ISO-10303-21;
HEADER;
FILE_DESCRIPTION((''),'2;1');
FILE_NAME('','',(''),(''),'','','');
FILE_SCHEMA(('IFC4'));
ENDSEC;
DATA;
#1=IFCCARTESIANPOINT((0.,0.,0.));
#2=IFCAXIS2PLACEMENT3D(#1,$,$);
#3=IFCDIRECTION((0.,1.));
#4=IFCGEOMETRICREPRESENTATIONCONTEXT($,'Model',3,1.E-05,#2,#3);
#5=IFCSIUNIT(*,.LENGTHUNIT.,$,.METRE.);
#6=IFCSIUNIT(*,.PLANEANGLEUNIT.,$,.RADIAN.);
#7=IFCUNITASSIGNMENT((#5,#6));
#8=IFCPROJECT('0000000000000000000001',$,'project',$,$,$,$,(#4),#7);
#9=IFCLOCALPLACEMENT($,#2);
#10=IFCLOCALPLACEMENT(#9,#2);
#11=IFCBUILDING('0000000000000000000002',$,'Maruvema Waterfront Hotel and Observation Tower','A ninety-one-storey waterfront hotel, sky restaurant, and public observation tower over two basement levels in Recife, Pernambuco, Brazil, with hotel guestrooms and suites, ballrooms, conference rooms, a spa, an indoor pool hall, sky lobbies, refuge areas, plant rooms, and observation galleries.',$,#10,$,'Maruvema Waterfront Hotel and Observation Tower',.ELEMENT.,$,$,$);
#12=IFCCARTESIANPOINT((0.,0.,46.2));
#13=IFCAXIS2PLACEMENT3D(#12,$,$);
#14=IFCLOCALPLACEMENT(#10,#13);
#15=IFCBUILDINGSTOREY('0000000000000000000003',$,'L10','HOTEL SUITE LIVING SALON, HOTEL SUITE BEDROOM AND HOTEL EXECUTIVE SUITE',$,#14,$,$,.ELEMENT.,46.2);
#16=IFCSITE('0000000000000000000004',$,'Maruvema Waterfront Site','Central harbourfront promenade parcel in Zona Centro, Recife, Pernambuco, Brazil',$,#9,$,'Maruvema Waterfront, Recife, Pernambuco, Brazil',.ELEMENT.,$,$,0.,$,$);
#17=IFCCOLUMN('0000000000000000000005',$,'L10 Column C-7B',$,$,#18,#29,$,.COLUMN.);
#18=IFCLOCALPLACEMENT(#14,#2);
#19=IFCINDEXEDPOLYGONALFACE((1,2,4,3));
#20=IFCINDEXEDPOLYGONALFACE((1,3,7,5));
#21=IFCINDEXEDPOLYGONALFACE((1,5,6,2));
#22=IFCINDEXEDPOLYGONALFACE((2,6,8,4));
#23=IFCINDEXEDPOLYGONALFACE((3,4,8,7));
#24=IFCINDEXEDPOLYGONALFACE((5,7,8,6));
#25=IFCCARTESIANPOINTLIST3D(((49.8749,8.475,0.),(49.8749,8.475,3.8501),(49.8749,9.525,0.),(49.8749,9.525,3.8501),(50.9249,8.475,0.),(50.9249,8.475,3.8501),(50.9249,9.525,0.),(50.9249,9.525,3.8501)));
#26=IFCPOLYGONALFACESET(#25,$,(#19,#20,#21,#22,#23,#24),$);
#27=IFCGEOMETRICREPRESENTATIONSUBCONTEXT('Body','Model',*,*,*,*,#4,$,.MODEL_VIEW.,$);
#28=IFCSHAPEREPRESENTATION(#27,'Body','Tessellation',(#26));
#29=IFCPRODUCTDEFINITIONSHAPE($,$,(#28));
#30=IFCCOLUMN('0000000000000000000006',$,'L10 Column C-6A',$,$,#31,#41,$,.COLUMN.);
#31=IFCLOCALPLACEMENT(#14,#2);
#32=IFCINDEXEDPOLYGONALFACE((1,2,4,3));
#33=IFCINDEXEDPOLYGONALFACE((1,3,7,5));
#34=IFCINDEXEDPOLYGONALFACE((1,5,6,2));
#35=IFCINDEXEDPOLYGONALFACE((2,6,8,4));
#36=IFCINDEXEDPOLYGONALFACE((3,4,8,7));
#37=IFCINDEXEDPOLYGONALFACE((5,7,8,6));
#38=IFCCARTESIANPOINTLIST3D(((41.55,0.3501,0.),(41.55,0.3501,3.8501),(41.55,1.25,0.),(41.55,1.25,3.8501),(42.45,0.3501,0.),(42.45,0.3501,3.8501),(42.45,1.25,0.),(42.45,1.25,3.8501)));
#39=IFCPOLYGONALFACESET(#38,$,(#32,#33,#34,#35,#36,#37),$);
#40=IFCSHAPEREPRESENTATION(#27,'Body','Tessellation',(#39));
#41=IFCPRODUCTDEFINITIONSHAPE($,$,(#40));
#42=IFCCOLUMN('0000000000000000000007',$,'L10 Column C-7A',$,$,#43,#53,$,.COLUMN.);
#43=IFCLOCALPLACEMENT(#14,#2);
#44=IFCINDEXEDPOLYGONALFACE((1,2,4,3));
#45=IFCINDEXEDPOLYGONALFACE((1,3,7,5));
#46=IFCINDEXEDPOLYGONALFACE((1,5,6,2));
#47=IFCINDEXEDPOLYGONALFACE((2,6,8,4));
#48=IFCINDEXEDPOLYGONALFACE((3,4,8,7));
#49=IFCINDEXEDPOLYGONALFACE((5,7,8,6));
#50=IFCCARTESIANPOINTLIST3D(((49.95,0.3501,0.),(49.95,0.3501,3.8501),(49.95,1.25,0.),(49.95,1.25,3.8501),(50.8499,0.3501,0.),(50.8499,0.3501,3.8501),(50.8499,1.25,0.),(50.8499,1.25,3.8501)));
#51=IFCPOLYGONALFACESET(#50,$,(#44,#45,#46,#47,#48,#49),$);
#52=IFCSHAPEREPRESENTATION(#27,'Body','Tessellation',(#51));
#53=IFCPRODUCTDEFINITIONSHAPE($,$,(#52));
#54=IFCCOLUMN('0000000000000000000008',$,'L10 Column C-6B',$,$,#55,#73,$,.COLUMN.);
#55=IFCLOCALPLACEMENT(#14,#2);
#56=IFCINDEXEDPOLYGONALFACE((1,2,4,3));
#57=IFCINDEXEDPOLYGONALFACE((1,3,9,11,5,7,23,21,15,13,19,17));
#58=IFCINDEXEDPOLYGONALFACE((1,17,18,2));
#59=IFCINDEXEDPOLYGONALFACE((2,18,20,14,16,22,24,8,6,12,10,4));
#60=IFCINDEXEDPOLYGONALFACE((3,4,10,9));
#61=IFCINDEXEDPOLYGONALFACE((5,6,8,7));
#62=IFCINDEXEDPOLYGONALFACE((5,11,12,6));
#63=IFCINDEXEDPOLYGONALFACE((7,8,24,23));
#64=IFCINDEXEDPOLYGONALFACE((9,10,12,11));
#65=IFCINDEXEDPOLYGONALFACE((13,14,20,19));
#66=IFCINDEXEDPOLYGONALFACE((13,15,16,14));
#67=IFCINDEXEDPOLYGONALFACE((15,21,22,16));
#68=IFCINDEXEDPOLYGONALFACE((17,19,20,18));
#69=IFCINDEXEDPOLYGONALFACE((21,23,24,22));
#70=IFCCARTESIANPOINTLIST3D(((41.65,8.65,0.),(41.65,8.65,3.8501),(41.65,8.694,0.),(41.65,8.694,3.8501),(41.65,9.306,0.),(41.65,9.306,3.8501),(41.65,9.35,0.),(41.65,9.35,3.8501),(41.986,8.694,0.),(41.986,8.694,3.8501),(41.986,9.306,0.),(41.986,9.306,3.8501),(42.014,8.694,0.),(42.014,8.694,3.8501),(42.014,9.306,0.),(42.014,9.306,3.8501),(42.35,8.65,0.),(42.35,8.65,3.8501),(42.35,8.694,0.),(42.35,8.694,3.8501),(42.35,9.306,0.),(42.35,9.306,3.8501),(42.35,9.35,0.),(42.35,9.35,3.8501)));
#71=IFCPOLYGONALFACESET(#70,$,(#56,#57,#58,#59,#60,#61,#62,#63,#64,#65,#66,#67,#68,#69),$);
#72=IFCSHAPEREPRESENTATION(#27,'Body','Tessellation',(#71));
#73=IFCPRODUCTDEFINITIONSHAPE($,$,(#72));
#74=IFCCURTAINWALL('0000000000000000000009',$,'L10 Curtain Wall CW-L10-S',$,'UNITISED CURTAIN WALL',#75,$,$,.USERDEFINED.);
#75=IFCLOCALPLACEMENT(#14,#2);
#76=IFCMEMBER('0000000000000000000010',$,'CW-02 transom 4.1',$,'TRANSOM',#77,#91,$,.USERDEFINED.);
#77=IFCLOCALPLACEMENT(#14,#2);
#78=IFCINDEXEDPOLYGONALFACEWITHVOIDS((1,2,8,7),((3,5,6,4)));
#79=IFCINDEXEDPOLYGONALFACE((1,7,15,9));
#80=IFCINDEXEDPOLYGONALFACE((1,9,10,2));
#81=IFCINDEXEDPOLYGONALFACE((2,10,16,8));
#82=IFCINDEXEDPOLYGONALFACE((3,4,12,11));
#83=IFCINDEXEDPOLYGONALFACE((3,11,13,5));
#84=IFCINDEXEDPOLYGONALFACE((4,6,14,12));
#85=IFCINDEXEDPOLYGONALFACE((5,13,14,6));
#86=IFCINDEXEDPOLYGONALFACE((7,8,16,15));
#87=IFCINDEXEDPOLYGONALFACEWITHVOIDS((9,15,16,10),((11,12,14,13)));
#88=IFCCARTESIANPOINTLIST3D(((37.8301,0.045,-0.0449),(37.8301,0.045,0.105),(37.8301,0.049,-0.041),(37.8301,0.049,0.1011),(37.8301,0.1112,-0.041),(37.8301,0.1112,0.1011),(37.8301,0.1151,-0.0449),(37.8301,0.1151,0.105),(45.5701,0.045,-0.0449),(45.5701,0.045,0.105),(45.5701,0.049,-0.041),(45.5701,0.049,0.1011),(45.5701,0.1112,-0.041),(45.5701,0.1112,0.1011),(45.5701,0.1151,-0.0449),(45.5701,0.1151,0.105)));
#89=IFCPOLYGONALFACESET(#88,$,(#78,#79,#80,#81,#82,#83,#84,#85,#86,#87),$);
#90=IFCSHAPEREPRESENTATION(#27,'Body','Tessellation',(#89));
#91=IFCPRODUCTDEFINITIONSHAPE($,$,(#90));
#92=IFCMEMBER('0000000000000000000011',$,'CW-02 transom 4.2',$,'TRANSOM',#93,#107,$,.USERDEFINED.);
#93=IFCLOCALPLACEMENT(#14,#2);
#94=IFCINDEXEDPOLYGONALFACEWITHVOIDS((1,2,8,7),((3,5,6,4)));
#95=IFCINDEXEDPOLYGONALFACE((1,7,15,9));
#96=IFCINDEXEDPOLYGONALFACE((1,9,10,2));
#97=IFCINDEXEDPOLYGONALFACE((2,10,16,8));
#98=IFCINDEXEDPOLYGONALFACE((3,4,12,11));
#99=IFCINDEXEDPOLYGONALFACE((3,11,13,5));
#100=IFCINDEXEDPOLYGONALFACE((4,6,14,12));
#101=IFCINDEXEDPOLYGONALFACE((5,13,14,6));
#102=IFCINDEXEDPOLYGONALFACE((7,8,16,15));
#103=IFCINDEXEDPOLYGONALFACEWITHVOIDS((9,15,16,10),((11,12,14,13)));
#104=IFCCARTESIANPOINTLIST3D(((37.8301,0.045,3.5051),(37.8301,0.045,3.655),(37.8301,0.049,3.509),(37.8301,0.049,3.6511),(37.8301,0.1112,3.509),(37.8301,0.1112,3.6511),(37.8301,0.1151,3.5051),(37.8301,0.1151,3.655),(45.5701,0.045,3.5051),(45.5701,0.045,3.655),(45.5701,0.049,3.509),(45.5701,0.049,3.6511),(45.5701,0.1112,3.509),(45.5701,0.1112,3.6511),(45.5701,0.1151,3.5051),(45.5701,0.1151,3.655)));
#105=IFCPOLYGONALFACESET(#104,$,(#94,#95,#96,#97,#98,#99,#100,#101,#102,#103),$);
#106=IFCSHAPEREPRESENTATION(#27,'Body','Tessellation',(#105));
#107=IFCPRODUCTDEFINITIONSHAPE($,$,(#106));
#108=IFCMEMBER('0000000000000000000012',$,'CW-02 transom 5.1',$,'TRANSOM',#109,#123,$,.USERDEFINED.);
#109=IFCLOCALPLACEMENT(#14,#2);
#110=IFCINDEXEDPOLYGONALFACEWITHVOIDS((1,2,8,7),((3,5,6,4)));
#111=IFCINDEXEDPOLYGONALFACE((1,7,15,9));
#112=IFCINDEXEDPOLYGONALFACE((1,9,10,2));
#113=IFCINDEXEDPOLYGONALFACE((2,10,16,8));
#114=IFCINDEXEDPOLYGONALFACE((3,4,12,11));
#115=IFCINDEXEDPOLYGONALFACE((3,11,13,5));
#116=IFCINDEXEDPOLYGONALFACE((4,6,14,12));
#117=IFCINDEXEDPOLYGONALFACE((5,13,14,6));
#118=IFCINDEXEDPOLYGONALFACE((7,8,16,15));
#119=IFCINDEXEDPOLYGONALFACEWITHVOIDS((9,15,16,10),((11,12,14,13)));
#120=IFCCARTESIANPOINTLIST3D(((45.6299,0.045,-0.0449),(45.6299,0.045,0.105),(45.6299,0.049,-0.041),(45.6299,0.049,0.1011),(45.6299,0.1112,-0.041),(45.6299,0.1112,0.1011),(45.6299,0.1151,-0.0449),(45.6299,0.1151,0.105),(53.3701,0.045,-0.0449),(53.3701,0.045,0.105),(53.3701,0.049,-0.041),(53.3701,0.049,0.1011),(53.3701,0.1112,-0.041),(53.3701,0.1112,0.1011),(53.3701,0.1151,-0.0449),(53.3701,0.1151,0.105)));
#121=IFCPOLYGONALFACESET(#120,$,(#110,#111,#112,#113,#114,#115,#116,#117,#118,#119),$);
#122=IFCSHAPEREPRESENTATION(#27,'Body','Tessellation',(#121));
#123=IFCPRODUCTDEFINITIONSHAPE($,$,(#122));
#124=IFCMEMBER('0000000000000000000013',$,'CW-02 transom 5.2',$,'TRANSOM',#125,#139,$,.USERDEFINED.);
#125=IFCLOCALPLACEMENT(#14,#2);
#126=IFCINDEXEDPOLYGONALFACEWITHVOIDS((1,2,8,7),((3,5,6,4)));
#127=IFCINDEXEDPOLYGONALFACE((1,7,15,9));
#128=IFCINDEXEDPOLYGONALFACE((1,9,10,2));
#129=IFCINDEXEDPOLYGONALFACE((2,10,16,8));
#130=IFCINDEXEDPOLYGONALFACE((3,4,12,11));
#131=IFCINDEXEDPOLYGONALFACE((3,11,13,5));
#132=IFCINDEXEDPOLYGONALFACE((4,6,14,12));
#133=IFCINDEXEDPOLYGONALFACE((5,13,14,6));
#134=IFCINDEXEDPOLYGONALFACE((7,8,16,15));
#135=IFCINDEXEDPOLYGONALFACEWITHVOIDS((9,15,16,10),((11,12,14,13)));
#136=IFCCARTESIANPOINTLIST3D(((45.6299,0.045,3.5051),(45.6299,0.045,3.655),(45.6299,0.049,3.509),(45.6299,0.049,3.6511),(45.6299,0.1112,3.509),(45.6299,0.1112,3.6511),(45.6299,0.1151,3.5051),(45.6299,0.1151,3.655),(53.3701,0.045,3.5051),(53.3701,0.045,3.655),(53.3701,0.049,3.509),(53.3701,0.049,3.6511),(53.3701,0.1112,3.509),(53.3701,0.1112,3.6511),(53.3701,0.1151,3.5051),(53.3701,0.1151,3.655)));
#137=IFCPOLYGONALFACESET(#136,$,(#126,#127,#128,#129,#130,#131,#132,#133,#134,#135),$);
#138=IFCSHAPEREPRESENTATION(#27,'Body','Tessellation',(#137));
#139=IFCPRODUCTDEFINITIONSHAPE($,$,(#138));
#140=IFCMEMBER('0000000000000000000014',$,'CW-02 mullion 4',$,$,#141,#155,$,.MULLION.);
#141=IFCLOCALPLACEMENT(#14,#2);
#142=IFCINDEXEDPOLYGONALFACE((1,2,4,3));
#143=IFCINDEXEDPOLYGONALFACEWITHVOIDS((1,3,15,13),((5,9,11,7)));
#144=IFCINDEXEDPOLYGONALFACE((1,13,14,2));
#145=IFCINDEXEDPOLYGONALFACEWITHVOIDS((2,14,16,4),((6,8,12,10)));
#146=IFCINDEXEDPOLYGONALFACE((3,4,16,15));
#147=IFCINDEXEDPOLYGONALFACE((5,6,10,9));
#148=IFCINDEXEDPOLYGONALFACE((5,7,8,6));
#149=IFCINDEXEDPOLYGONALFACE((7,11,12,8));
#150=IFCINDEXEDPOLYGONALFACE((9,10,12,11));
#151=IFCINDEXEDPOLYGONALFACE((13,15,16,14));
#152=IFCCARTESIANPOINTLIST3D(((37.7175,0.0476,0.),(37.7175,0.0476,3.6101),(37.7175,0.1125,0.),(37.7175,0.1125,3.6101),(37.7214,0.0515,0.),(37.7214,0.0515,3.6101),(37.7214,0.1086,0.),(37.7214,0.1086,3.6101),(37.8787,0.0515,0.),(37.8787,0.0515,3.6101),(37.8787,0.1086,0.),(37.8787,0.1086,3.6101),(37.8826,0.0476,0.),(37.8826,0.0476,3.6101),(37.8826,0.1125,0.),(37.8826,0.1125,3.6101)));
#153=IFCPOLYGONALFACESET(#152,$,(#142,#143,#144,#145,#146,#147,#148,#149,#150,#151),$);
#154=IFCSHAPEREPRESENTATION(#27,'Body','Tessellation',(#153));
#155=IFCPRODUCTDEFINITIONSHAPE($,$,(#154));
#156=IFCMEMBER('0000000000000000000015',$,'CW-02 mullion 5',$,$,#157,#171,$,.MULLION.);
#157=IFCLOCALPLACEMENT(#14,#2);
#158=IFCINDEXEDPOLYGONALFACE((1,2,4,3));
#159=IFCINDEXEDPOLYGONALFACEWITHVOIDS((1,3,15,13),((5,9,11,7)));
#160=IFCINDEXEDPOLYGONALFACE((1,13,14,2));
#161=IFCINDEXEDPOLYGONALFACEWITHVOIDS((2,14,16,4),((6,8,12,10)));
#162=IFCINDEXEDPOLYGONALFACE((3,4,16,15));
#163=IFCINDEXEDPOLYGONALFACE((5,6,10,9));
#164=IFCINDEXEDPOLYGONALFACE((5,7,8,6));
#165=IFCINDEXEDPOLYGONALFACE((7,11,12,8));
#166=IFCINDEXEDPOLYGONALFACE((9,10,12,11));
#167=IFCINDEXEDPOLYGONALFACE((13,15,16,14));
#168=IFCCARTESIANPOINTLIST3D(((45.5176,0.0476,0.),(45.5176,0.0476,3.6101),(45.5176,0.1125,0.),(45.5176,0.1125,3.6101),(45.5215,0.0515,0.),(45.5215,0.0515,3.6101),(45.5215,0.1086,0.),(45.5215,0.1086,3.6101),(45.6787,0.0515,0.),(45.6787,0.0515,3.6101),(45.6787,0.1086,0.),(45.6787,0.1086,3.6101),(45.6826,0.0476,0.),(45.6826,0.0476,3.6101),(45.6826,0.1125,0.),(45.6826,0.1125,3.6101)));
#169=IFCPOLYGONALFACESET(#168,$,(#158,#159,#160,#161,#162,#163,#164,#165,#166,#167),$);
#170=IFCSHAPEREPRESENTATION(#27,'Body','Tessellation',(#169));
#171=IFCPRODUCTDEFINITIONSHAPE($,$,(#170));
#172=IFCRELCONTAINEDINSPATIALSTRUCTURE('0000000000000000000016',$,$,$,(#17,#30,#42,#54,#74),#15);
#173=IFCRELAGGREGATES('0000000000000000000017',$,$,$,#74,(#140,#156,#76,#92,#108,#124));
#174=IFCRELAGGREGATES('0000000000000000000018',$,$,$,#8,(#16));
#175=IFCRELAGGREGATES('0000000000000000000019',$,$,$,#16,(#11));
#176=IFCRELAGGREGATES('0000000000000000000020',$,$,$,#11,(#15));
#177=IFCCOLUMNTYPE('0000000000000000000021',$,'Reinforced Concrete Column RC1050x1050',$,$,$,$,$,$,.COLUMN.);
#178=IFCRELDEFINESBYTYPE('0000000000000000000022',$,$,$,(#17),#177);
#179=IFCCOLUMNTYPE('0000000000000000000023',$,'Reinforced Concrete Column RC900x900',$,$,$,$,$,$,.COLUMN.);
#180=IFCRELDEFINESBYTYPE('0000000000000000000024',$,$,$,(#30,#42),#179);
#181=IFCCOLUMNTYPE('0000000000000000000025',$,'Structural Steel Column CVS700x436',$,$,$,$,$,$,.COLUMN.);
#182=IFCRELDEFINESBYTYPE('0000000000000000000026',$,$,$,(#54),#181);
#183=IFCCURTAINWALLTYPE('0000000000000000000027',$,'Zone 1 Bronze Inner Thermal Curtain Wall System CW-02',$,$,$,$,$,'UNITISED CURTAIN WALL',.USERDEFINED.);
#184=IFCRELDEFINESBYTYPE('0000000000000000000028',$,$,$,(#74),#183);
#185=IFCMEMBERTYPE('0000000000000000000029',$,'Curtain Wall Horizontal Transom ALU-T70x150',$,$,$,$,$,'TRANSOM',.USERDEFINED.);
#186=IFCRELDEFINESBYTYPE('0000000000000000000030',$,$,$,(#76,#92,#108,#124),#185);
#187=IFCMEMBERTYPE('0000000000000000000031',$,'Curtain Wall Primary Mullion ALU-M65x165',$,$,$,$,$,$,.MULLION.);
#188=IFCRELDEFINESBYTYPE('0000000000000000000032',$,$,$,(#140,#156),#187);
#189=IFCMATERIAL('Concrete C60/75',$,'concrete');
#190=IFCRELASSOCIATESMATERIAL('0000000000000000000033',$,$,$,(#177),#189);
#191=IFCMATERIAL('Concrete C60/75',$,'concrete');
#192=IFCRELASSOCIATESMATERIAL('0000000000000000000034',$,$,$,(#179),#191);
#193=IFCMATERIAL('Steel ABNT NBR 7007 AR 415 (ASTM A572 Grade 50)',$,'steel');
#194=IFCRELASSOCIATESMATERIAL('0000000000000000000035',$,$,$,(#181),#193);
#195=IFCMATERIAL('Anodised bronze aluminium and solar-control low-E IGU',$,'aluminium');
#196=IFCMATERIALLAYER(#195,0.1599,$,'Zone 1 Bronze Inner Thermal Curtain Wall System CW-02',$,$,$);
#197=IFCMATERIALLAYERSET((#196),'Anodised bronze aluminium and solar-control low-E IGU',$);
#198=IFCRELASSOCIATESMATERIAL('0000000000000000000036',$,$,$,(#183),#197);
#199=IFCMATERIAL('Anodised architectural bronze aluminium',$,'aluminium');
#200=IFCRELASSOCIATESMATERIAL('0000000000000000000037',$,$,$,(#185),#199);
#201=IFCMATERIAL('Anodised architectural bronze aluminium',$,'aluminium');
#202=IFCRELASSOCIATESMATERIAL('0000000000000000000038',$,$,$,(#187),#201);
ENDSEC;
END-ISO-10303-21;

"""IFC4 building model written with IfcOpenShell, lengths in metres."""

from ifc_helpers import new_model, si_unit, direction, frame, origin, origin_2d, place, context, subcontext, project, spatial, rectangle, hollow_rectangle, i_section, extrude, material, layer, layer_set, material_profile, profile_set, type_object, element, aggregate, save


model = new_model("IFC4")

# Units and contexts
model_context = context("Model", 3, precision=1e-05, world=origin(), true_north=direction((0.0, 1.0)))
body_context = subcontext(model_context, "Body", "Model", "MODEL_VIEW")
ifc_project = project(units=[si_unit("LENGTHUNIT", "METRE"), si_unit("PLANEANGLEUNIT", "RADIAN")], contexts=[model_context])

# Site, building, storey
site_placement = place(None, origin())
site = spatial("IfcSite", under=ifc_project, at=site_placement, Name="Maruvema Waterfront Site", Description="Central harbourfront promenade parcel in Zona Centro, Recife, Pernambuco, Brazil", LongName="Maruvema Waterfront, Recife, Pernambuco, Brazil", CompositionType="ELEMENT", RefElevation=0.0)
building_placement = place(site_placement, origin())
building = spatial("IfcBuilding", under=site, at=building_placement, Name="Maruvema Waterfront Hotel and Observation Tower", Description="A ninety-one-storey waterfront hotel, sky restaurant, and public observation tower over two basement levels in Recife, Pernambuco, Brazil, with hotel guestrooms and suites, ballrooms, conference rooms, a spa, an indoor pool hall, sky lobbies, refuge areas, plant rooms, and observation galleries.", LongName="Maruvema Waterfront Hotel and Observation Tower", CompositionType="ELEMENT")
storey_placement = place(building_placement, frame((0.0, 0.0, 46.2)))
storey = spatial("IfcBuildingStorey", under=building, at=storey_placement, Name="L10", Description="HOTEL SUITE LIVING SALON, HOTEL SUITE BEDROOM AND HOTEL EXECUTIVE SUITE", CompositionType="ELEMENT", Elevation=46.2)

# Columns
ifc_material_1 = material(Name="Concrete C60/75", Category="concrete")
ifc_material_profile_1 = material_profile(ifc_material_1, rectangle(XDim=1.05, YDim=1.05, at=origin_2d()), Name="RC1050x1050")
ifc_profile_set_1 = profile_set([ifc_material_profile_1], Name="Concrete C60/75")
column_type_1 = type_object("IfcColumnType", Name="Reinforced Concrete Column RC1050x1050", PredefinedType="COLUMN", material=ifc_profile_set_1)
column_1_placement = place(storey_placement, frame((50.3999, 9.0, 0.0), z_axis=(0.0, 0.0, 1.0), x_axis=(1.0, 0.0, 0.0)))
element("IfcColumn", 1, at=column_1_placement, inside=storey, type_object=column_type_1, Name="L10 Column C-7B", PredefinedType="COLUMN", context=body_context, shape_type="SweptSolid", body=[
    extrude(rectangle(XDim=1.05, YDim=1.05, at=origin_2d()), origin(), (0.0, 0.0, 1.0), 3.8501),
])
ifc_material_2 = material(Name="Concrete C60/75", Category="concrete")
ifc_material_profile_2 = material_profile(ifc_material_2, rectangle(XDim=0.8999, YDim=0.8999, at=origin_2d()), Name="RC900x900")
ifc_profile_set_2 = profile_set([ifc_material_profile_2], Name="Concrete C60/75")
column_type_2 = type_object("IfcColumnType", Name="Reinforced Concrete Column RC900x900", PredefinedType="COLUMN", material=ifc_profile_set_2)
for number, where, z_axis, x_axis, name in (
    (2, (42.0, 0.8, 0.0), (0.0, 0.0, 1.0), (1.0, 0.0, 0.0), "L10 Column C-6A"),
    (3, (50.3999, 0.8, 0.0), (0.0, 0.0, 1.0), (1.0, 0.0, 0.0), "L10 Column C-7A"),
):
    element("IfcColumn", number, at=place(storey_placement, frame(where, z_axis=z_axis, x_axis=x_axis)), inside=storey, type_object=column_type_2, Name=name, PredefinedType="COLUMN", context=body_context, shape_type="SweptSolid", body=[
        extrude(rectangle(XDim=0.8999, YDim=0.8999, at=origin_2d()), origin(), (0.0, 0.0, 1.0), 3.8501),
    ])
ifc_material_3 = material(Name="Steel ABNT NBR 7007 AR 415 (ASTM A572 Grade 50)", Category="steel")
ifc_material_profile_3 = material_profile(ifc_material_3, i_section(OverallWidth=0.7, OverallDepth=0.7, WebThickness=0.0281, FlangeThickness=0.0439, at=origin_2d()), Name="CVS700x436")
ifc_profile_set_3 = profile_set([ifc_material_profile_3], Name="Steel ABNT NBR 7007 AR 415 (ASTM A572 Grade 50)")
column_type_3 = type_object("IfcColumnType", Name="Structural Steel Column CVS700x436", PredefinedType="COLUMN", material=ifc_profile_set_3)
column_2_placement = place(storey_placement, frame((42.0, 9.0, 0.0), z_axis=(0.0, 0.0, 1.0), x_axis=(1.0, 0.0, 0.0)))
element("IfcColumn", 4, at=column_2_placement, inside=storey, type_object=column_type_3, Name="L10 Column C-6B", PredefinedType="COLUMN", context=body_context, shape_type="SweptSolid", body=[
    extrude(i_section(OverallWidth=0.7, OverallDepth=0.7, WebThickness=0.0281, FlangeThickness=0.0439, at=origin_2d()), origin(), (0.0, 0.0, 1.0), 3.8501),
])

# Curtain wall, members
ifc_material_4 = material(Name="Anodised bronze aluminium and solar-control low-E IGU", Category="aluminium")
ifc_layer_1 = layer(ifc_material_4, 0.1599, Name="Zone 1 Bronze Inner Thermal Curtain Wall System CW-02")
ifc_layer_set_1 = layer_set([ifc_layer_1], Name="Anodised bronze aluminium and solar-control low-E IGU")
curtain_wall_type = type_object("IfcCurtainWallType", Name="Zone 1 Bronze Inner Thermal Curtain Wall System CW-02", ElementType="UNITISED CURTAIN WALL", PredefinedType="USERDEFINED", material=ifc_layer_set_1)
curtain_wall_placement = place(storey_placement, origin())
curtain_wall = element("IfcCurtainWall", 5, at=curtain_wall_placement, inside=storey, type_object=curtain_wall_type, Name="L10 Curtain Wall CW-L10-S", ObjectType="UNITISED CURTAIN WALL", PredefinedType="USERDEFINED")
ifc_material_5 = material(Name="Anodised architectural bronze aluminium", Category="aluminium")
ifc_material_profile_4 = material_profile(ifc_material_5, hollow_rectangle(XDim=0.0701, YDim=0.1499, WallThickness=0.0039, at=origin_2d()), Name="ALU-T70x150")
ifc_profile_set_4 = profile_set([ifc_material_profile_4], Name="Anodised architectural bronze aluminium")
member_type_1 = type_object("IfcMemberType", Name="Curtain Wall Horizontal Transom ALU-T70x150", ElementType="TRANSOM", PredefinedType="USERDEFINED", material=ifc_profile_set_4)
member_1_placement = place(storey_placement, frame((37.8301, 0.0801, 0.03), z_axis=(1.0, 0.0, 0.0), x_axis=(0.0, 1.0, 0.0)))
member_1 = element("IfcMember", 6, at=member_1_placement, type_object=member_type_1, Name="CW-02 transom 4.1", ObjectType="TRANSOM", PredefinedType="USERDEFINED", context=body_context, shape_type="SweptSolid", body=[
    extrude(hollow_rectangle(XDim=0.0701, YDim=0.1499, WallThickness=0.0039, at=origin_2d()), origin(), (0.0, 0.0, 1.0), 7.74),
])
member_2_placement = place(storey_placement, frame((37.8301, 0.0801, 3.5801), z_axis=(1.0, 0.0, 0.0), x_axis=(0.0, 1.0, 0.0)))
member_2 = element("IfcMember", 7, at=member_2_placement, type_object=member_type_1, Name="CW-02 transom 4.2", ObjectType="TRANSOM", PredefinedType="USERDEFINED", context=body_context, shape_type="SweptSolid", body=[
    extrude(hollow_rectangle(XDim=0.0701, YDim=0.1499, WallThickness=0.0039, at=origin_2d()), origin(), (0.0, 0.0, 1.0), 7.74),
])
member_3_placement = place(storey_placement, frame((45.6299, 0.0801, 0.03), z_axis=(1.0, 0.0, 0.0), x_axis=(0.0, 1.0, 0.0)))
member_3 = element("IfcMember", 8, at=member_3_placement, type_object=member_type_1, Name="CW-02 transom 5.1", ObjectType="TRANSOM", PredefinedType="USERDEFINED", context=body_context, shape_type="SweptSolid", body=[
    extrude(hollow_rectangle(XDim=0.0701, YDim=0.1499, WallThickness=0.0039, at=origin_2d()), origin(), (0.0, 0.0, 1.0), 7.7402),
])
member_4_placement = place(storey_placement, frame((45.6299, 0.0801, 3.5801), z_axis=(1.0, 0.0, 0.0), x_axis=(0.0, 1.0, 0.0)))
member_4 = element("IfcMember", 9, at=member_4_placement, type_object=member_type_1, Name="CW-02 transom 5.2", ObjectType="TRANSOM", PredefinedType="USERDEFINED", context=body_context, shape_type="SweptSolid", body=[
    extrude(hollow_rectangle(XDim=0.0701, YDim=0.1499, WallThickness=0.0039, at=origin_2d()), origin(), (0.0, 0.0, 1.0), 7.7402),
])
ifc_material_6 = material(Name="Anodised architectural bronze aluminium", Category="aluminium")
ifc_material_profile_5 = material_profile(ifc_material_6, hollow_rectangle(XDim=0.0649, YDim=0.165, WallThickness=0.0039, at=origin_2d()), Name="ALU-M65x165")
ifc_profile_set_5 = profile_set([ifc_material_profile_5], Name="Anodised architectural bronze aluminium")
member_type_2 = type_object("IfcMemberType", Name="Curtain Wall Primary Mullion ALU-M65x165", PredefinedType="MULLION", material=ifc_profile_set_5)
member_5_placement = place(storey_placement, frame((37.8, 0.0801, 0.0), z_axis=(0.0, 0.0, 1.0), x_axis=(0.0, 1.0, 0.0)))
member_5 = element("IfcMember", 10, at=member_5_placement, type_object=member_type_2, Name="CW-02 mullion 4", PredefinedType="MULLION", context=body_context, shape_type="SweptSolid", body=[
    extrude(hollow_rectangle(XDim=0.0649, YDim=0.165, WallThickness=0.0039, at=origin_2d()), origin(), (0.0, 0.0, 1.0), 3.6101),
])
member_6_placement = place(storey_placement, frame((45.6001, 0.0801, 0.0), z_axis=(0.0, 0.0, 1.0), x_axis=(0.0, 1.0, 0.0)))
member_6 = element("IfcMember", 11, at=member_6_placement, type_object=member_type_2, Name="CW-02 mullion 5", PredefinedType="MULLION", context=body_context, shape_type="SweptSolid", body=[
    extrude(hollow_rectangle(XDim=0.0649, YDim=0.165, WallThickness=0.0039, at=origin_2d()), origin(), (0.0, 0.0, 1.0), 3.6101),
])

aggregate(curtain_wall, [member_5, member_6, member_1, member_2, member_3, member_4])

save(model, "model.ifc")
